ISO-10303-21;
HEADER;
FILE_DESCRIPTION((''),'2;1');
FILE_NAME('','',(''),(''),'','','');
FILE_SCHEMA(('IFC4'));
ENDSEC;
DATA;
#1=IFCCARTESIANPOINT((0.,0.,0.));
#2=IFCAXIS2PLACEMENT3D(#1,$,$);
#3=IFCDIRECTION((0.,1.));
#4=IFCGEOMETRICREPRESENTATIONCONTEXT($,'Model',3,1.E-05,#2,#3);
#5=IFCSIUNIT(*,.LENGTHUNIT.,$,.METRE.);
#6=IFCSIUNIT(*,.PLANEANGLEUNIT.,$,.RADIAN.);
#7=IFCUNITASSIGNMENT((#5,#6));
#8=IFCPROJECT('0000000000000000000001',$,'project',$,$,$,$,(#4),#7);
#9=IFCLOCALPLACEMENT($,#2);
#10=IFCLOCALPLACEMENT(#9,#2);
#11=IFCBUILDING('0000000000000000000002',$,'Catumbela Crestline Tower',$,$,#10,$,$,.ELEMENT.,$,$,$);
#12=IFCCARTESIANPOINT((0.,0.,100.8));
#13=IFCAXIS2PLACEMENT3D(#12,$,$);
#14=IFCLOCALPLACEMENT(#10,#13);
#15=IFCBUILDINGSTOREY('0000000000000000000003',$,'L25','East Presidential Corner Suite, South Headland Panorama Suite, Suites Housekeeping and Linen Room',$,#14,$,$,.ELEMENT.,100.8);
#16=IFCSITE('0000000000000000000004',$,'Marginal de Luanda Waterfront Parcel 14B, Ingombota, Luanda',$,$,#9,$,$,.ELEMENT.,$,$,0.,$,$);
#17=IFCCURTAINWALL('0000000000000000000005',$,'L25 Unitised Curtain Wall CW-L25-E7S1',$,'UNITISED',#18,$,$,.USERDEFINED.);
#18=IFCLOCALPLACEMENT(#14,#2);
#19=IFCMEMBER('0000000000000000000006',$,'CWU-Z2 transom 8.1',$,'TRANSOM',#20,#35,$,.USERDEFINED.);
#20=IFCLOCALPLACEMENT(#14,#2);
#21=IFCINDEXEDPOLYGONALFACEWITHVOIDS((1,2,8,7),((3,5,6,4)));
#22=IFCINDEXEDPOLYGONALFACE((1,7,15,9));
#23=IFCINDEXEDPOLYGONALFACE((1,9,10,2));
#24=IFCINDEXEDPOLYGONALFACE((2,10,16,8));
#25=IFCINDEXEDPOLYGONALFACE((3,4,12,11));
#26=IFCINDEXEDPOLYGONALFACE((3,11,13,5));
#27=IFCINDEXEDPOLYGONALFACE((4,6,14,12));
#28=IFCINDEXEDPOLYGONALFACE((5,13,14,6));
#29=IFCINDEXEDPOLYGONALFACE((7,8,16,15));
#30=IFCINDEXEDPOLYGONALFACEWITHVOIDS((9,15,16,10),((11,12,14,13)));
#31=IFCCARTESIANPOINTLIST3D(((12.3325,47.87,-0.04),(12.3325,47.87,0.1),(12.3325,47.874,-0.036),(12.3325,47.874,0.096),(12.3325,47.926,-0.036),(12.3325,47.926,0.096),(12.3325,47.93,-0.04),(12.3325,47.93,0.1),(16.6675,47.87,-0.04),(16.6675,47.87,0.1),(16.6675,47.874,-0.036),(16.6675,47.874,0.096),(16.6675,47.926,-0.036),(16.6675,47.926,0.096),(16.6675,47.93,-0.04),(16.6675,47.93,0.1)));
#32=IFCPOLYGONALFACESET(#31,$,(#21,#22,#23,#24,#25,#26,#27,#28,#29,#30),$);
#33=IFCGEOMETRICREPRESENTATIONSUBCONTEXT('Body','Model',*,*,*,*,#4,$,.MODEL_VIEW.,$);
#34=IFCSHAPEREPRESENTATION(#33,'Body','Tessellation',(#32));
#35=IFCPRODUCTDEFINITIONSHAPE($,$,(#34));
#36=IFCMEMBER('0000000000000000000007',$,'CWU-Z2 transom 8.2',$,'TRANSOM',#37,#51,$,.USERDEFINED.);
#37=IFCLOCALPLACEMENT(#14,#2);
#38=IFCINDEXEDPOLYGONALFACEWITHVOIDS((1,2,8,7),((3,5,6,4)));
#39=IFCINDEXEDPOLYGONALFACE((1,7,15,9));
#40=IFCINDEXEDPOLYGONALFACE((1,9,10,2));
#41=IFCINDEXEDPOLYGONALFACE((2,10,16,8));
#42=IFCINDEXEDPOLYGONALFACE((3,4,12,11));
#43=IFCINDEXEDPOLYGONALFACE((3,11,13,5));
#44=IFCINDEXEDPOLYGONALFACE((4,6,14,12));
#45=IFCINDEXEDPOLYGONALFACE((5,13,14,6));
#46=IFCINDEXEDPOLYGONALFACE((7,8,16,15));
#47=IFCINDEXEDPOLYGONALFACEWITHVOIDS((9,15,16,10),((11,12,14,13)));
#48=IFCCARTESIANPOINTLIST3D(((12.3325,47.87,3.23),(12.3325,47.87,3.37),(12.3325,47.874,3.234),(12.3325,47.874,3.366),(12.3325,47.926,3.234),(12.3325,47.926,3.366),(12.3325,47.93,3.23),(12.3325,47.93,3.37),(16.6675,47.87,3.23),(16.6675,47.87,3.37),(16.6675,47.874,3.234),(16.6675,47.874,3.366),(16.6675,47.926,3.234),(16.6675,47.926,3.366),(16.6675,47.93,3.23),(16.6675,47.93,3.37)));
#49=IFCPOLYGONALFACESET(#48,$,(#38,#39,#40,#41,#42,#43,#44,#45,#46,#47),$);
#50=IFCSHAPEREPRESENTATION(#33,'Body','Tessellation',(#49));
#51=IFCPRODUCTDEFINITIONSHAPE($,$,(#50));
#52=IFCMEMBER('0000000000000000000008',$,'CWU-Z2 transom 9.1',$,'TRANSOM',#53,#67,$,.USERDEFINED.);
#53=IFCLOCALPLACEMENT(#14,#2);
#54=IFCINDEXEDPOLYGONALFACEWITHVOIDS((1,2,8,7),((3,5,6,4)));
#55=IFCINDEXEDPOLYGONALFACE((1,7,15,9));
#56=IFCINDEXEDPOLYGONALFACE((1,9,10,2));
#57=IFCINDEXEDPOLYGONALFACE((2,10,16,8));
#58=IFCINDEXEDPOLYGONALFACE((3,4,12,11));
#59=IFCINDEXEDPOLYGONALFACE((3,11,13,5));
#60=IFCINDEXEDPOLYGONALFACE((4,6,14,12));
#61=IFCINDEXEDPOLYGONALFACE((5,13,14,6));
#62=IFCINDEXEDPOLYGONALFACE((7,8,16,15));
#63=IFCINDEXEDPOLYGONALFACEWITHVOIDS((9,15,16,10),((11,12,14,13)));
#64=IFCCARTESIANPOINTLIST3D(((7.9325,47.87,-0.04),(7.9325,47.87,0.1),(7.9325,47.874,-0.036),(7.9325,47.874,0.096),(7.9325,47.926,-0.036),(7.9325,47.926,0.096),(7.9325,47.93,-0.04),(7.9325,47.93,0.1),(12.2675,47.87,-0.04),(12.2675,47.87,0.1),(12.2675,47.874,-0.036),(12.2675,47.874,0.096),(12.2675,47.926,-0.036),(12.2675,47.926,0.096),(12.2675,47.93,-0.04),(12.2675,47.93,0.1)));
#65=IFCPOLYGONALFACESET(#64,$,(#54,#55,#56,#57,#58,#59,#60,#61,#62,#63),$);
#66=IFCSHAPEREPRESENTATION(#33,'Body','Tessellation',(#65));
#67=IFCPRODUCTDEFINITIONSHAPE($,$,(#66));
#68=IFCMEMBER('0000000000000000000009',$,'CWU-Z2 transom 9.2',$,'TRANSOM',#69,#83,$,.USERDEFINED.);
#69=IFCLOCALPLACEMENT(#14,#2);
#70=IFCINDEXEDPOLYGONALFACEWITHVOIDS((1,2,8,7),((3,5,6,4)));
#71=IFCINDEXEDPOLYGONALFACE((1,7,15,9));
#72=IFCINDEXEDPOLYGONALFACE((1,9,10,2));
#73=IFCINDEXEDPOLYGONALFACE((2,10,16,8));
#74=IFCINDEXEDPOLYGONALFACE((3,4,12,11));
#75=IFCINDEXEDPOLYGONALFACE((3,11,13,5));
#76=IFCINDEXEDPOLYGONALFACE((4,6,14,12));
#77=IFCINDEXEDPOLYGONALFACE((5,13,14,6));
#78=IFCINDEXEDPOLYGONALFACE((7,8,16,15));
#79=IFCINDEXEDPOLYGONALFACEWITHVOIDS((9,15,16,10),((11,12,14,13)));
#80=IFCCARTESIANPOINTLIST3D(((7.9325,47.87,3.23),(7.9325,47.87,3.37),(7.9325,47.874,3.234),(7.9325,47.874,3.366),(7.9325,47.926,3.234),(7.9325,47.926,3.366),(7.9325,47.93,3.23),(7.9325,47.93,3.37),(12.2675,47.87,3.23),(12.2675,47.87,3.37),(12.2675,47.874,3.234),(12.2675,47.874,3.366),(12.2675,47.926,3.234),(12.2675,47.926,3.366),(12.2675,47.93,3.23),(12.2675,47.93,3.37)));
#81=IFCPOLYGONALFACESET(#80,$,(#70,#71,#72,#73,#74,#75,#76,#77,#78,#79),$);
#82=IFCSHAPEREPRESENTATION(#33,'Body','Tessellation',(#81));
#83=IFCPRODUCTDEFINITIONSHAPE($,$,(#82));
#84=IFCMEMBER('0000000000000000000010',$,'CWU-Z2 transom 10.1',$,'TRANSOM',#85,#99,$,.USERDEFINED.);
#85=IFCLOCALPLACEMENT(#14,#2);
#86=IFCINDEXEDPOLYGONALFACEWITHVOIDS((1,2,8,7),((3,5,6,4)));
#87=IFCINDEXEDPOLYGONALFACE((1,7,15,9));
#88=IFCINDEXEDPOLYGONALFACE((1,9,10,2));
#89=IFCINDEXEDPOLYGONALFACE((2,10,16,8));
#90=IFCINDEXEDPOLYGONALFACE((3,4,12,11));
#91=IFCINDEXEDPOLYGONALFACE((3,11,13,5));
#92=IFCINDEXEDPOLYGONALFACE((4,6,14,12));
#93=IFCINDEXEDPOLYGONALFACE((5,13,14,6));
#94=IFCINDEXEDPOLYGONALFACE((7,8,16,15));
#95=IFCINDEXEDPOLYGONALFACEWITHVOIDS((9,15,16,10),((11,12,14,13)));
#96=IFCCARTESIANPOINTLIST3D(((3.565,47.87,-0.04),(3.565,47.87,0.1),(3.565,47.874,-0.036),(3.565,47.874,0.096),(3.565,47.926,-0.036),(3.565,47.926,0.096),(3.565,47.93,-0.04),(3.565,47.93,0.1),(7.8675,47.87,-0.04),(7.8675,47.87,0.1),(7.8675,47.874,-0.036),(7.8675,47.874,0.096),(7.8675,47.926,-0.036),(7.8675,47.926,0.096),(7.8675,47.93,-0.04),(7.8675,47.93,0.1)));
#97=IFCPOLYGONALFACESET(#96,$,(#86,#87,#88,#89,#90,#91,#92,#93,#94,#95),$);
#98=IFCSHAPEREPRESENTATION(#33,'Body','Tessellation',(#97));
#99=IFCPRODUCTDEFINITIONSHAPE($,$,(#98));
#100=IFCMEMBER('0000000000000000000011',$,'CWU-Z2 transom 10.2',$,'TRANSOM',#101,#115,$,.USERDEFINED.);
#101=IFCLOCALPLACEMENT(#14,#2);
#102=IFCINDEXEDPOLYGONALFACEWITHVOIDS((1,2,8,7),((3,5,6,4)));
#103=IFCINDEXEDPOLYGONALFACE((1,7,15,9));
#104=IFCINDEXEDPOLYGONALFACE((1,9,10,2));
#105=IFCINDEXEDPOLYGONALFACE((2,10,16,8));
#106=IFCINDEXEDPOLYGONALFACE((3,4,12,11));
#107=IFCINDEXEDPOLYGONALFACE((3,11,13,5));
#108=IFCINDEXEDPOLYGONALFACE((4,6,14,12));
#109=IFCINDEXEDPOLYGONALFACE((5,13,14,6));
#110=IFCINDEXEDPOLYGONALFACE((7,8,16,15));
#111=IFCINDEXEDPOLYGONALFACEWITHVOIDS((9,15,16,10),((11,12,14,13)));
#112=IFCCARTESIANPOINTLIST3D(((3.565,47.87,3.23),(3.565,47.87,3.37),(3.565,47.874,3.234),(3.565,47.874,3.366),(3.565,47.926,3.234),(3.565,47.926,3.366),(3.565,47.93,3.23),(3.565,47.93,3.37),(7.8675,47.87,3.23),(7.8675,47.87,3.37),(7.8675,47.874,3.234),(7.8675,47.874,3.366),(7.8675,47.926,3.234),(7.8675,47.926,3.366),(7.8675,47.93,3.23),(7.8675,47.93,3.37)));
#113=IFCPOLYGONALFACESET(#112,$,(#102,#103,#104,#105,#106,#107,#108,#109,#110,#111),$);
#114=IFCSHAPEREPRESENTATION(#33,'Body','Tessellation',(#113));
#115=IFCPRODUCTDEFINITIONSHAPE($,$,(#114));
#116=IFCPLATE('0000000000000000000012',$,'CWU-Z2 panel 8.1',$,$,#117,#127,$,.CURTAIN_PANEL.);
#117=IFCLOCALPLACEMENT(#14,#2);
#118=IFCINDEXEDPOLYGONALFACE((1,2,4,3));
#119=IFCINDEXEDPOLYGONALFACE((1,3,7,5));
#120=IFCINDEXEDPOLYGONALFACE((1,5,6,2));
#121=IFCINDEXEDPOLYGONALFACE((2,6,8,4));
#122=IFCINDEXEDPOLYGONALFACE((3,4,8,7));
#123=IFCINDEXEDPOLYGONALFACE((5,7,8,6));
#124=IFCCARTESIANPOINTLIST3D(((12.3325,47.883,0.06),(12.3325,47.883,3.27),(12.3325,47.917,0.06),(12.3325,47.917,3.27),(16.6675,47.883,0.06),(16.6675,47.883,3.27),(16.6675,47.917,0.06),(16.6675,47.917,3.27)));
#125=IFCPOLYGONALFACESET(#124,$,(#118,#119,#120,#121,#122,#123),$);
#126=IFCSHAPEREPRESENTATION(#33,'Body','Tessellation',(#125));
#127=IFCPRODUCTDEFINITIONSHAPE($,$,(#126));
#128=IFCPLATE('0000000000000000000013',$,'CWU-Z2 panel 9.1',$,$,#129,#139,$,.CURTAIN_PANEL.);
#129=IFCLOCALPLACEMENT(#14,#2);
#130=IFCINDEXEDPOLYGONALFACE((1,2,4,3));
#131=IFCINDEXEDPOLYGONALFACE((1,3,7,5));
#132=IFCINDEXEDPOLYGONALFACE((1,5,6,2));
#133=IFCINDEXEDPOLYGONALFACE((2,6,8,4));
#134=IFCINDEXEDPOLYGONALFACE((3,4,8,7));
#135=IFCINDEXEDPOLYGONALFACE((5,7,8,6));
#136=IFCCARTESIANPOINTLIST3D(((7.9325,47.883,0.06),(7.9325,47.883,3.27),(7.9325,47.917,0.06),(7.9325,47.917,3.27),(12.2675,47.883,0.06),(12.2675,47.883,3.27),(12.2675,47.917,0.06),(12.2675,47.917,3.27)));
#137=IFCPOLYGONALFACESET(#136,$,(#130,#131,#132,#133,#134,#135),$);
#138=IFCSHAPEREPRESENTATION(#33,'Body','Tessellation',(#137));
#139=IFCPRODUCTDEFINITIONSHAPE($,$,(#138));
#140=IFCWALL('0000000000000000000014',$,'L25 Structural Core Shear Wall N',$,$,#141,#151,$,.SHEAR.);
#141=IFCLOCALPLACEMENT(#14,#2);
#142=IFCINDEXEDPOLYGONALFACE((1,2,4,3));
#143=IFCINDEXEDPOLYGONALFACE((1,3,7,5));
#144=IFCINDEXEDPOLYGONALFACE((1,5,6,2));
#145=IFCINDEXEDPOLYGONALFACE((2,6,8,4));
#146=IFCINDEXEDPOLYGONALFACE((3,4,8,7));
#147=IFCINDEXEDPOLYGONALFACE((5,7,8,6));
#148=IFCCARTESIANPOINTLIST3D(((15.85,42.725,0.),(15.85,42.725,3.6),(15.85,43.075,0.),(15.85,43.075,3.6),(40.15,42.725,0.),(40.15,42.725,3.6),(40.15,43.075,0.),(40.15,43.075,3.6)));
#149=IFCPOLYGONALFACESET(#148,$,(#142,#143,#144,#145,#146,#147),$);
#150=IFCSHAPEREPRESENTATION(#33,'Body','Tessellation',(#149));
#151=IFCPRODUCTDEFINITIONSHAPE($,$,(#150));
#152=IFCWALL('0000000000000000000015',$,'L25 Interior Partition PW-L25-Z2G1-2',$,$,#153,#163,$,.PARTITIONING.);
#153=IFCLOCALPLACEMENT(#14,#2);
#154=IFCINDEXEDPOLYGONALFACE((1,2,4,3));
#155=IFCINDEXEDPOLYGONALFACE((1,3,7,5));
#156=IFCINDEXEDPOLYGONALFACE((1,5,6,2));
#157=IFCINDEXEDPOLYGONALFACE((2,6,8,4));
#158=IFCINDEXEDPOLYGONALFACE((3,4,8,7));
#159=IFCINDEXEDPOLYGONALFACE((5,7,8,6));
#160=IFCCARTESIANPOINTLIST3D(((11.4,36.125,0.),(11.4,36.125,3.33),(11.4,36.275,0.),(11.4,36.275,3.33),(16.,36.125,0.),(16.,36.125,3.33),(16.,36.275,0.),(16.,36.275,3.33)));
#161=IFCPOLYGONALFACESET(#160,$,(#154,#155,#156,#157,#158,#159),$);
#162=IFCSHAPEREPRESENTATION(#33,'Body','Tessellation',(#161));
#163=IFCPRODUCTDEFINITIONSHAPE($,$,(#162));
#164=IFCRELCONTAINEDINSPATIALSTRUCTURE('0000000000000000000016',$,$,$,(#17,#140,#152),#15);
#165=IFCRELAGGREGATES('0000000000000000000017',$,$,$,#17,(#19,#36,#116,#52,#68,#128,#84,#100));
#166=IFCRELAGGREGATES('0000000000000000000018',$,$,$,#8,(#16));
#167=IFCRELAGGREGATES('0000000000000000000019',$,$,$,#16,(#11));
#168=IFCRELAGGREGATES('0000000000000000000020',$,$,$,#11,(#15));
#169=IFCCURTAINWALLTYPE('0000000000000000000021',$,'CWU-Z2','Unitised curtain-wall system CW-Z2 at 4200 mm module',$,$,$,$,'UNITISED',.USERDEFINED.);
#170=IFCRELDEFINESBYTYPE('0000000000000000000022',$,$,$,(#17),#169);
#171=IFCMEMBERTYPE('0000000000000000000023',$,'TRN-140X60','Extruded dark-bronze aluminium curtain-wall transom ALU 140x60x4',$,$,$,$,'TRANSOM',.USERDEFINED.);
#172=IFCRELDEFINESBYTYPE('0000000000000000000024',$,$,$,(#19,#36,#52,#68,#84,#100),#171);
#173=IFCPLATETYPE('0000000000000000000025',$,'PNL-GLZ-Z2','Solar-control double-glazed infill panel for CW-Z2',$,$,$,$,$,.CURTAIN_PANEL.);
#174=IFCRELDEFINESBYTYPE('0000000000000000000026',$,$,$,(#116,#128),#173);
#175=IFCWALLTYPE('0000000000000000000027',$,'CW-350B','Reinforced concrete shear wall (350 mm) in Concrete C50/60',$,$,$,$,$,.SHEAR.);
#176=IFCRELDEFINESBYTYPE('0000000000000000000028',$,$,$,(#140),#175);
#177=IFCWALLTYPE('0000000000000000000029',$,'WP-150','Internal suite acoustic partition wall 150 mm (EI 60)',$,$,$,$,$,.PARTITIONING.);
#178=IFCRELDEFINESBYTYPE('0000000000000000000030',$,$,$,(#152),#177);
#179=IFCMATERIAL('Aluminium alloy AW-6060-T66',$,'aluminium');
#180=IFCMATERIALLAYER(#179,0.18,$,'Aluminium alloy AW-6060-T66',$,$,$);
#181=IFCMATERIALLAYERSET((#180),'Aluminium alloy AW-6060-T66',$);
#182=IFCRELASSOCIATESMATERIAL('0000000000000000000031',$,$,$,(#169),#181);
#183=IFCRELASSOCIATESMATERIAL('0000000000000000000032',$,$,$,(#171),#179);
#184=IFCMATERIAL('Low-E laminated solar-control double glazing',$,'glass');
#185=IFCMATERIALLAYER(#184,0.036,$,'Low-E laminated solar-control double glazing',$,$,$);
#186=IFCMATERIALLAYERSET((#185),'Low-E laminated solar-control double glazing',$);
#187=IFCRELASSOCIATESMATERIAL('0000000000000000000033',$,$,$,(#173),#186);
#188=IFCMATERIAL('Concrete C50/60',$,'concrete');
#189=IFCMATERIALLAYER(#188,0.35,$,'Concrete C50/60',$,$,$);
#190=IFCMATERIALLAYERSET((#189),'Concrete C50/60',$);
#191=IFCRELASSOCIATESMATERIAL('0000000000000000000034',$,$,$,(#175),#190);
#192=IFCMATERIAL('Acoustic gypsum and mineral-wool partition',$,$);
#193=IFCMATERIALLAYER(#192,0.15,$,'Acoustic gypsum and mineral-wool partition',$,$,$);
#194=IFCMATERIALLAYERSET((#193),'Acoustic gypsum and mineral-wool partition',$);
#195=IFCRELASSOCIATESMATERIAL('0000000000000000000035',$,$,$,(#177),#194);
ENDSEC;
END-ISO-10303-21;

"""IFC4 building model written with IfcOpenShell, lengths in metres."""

from ifc_helpers import new_model, si_unit, direction, frame, frame_2d, origin, origin_2d, place, context, subcontext, project, spatial, rectangle, hollow_rectangle, extrude, material, layer, layer_set, material_profile, profile_set, type_object, element, aggregate, save


model = new_model("IFC4")

# Units and contexts
model_context = context("Model", 3, precision=1e-05, world=origin(), true_north=direction((0.0, 1.0)))
body_context = subcontext(model_context, "Body", "Model", "MODEL_VIEW")
ifc_project = project(units=[si_unit("LENGTHUNIT", "METRE"), si_unit("PLANEANGLEUNIT", "RADIAN")], contexts=[model_context])

# Site, building, storey
site_placement = place(None, origin())
site = spatial("IfcSite", under=ifc_project, at=site_placement, Name="Marginal de Luanda Waterfront Parcel 14B, Ingombota, Luanda", CompositionType="ELEMENT", RefElevation=0.0)
building_placement = place(site_placement, origin())
building = spatial("IfcBuilding", under=site, at=building_placement, Name="Catumbela Crestline Tower", CompositionType="ELEMENT")
storey_placement = place(building_placement, frame((0.0, 0.0, 100.8)))
storey = spatial("IfcBuildingStorey", under=building, at=storey_placement, Name="L25", Description="East Presidential Corner Suite, South Headland Panorama Suite, Suites Housekeeping and Linen Room", CompositionType="ELEMENT", Elevation=100.8)

# Shared definitions
ifc_material_1 = material(Name="Concrete C50/60", Category="concrete")

# Curtain wall
ifc_material_2 = material(Name="Aluminium alloy AW-6060-T66", Category="aluminium")
ifc_layer_1 = layer(ifc_material_2, 0.18, Name="Aluminium alloy AW-6060-T66")
ifc_layer_set_1 = layer_set([ifc_layer_1], Name="Aluminium alloy AW-6060-T66")
curtain_wall_type = type_object("IfcCurtainWallType", Name="CWU-Z2", Description="Unitised curtain-wall system CW-Z2 at 4200 mm module", ElementType="UNITISED", PredefinedType="USERDEFINED", material=ifc_layer_set_1)
curtain_wall_placement = place(storey_placement, origin())
curtain_wall = element("IfcCurtainWall", 1, at=curtain_wall_placement, inside=storey, type_object=curtain_wall_type, Name="L25 Unitised Curtain Wall CW-L25-E7S1", ObjectType="UNITISED", PredefinedType="USERDEFINED")

# Members
ifc_material_profile_1 = material_profile(ifc_material_2, hollow_rectangle(XDim=0.06, YDim=0.14, WallThickness=0.004, at=origin_2d()), Name="ALU 140x60x4")
ifc_profile_set_1 = profile_set([ifc_material_profile_1], Name="Aluminium alloy AW-6060-T66")
member_type_1 = type_object("IfcMemberType", Name="TRN-140X60", Description="Extruded dark-bronze aluminium curtain-wall transom ALU 140x60x4", ElementType="TRANSOM", PredefinedType="USERDEFINED", material=ifc_profile_set_1)
member_1_placement = place(storey_placement, frame((16.6675, 47.9, 0.03), z_axis=(-1.0, 0.0, 0.0), x_axis=(0.0, -1.0, 0.0)))
member_1 = element("IfcMember", 2, at=member_1_placement, type_object=member_type_1, Name="CWU-Z2 transom 8.1", ObjectType="TRANSOM", PredefinedType="USERDEFINED", context=body_context, shape_type="SweptSolid", body=[
    extrude(hollow_rectangle(XDim=0.06, YDim=0.14, WallThickness=0.004, at=origin_2d()), origin(), (0.0, 0.0, 1.0), 4.335),
])
member_2_placement = place(storey_placement, frame((16.6675, 47.9, 3.3), z_axis=(-1.0, 0.0, 0.0), x_axis=(0.0, -1.0, 0.0)))
member_2 = element("IfcMember", 3, at=member_2_placement, type_object=member_type_1, Name="CWU-Z2 transom 8.2", ObjectType="TRANSOM", PredefinedType="USERDEFINED", context=body_context, shape_type="SweptSolid", body=[
    extrude(hollow_rectangle(XDim=0.06, YDim=0.14, WallThickness=0.004, at=origin_2d()), origin(), (0.0, 0.0, 1.0), 4.335),
])
member_3_placement = place(storey_placement, frame((12.2675, 47.9, 0.03), z_axis=(-1.0, 0.0, 0.0), x_axis=(0.0, -1.0, 0.0)))
member_3 = element("IfcMember", 4, at=member_3_placement, type_object=member_type_1, Name="CWU-Z2 transom 9.1", ObjectType="TRANSOM", PredefinedType="USERDEFINED", context=body_context, shape_type="SweptSolid", body=[
    extrude(hollow_rectangle(XDim=0.06, YDim=0.14, WallThickness=0.004, at=origin_2d()), origin(), (0.0, 0.0, 1.0), 4.335),
])
member_4_placement = place(storey_placement, frame((12.2675, 47.9, 3.3), z_axis=(-1.0, 0.0, 0.0), x_axis=(0.0, -1.0, 0.0)))
member_4 = element("IfcMember", 5, at=member_4_placement, type_object=member_type_1, Name="CWU-Z2 transom 9.2", ObjectType="TRANSOM", PredefinedType="USERDEFINED", context=body_context, shape_type="SweptSolid", body=[
    extrude(hollow_rectangle(XDim=0.06, YDim=0.14, WallThickness=0.004, at=origin_2d()), origin(), (0.0, 0.0, 1.0), 4.335),
])
member_5_placement = place(storey_placement, frame((7.8675, 47.9, 0.03), z_axis=(-1.0, 0.0, 0.0), x_axis=(0.0, -1.0, 0.0)))
member_5 = element("IfcMember", 6, at=member_5_placement, type_object=member_type_1, Name="CWU-Z2 transom 10.1", ObjectType="TRANSOM", PredefinedType="USERDEFINED", context=body_context, shape_type="SweptSolid", body=[
    extrude(hollow_rectangle(XDim=0.06, YDim=0.14, WallThickness=0.004, at=origin_2d()), origin(), (0.0, 0.0, 1.0), 4.3025),
])
member_6_placement = place(storey_placement, frame((7.8675, 47.9, 3.3), z_axis=(-1.0, 0.0, 0.0), x_axis=(0.0, -1.0, 0.0)))
member_6 = element("IfcMember", 7, at=member_6_placement, type_object=member_type_1, Name="CWU-Z2 transom 10.2", ObjectType="TRANSOM", PredefinedType="USERDEFINED", context=body_context, shape_type="SweptSolid", body=[
    extrude(hollow_rectangle(XDim=0.06, YDim=0.14, WallThickness=0.004, at=origin_2d()), origin(), (0.0, 0.0, 1.0), 4.3025),
])

# Plates
ifc_material_3 = material(Name="Low-E laminated solar-control double glazing", Category="glass")
ifc_layer_2 = layer(ifc_material_3, 0.036, Name="Low-E laminated solar-control double glazing")
ifc_layer_set_2 = layer_set([ifc_layer_2], Name="Low-E laminated solar-control double glazing")
plate_type = type_object("IfcPlateType", Name="PNL-GLZ-Z2", Description="Solar-control double-glazed infill panel for CW-Z2", PredefinedType="CURTAIN_PANEL", material=ifc_layer_set_2)
plate_1_placement = place(storey_placement, frame((14.5, 47.9, 0.06), z_axis=(0.0, 0.0, 1.0), x_axis=(-1.0, 0.0, 0.0)))
plate_1 = element("IfcPlate", 8, at=plate_1_placement, type_object=plate_type, Name="CWU-Z2 panel 8.1", PredefinedType="CURTAIN_PANEL", context=body_context, shape_type="SweptSolid", body=[
    extrude(rectangle(XDim=4.335, YDim=0.034, at=origin_2d()), origin(), (0.0, 0.0, 1.0), 3.21),
])
plate_2_placement = place(storey_placement, frame((10.1, 47.9, 0.06), z_axis=(0.0, 0.0, 1.0), x_axis=(-1.0, 0.0, 0.0)))
plate_2 = element("IfcPlate", 9, at=plate_2_placement, type_object=plate_type, Name="CWU-Z2 panel 9.1", PredefinedType="CURTAIN_PANEL", context=body_context, shape_type="SweptSolid", body=[
    extrude(rectangle(XDim=4.335, YDim=0.034, at=origin_2d()), origin(), (0.0, 0.0, 1.0), 3.21),
])
aggregate(curtain_wall, [member_1, member_2, plate_1, member_3, member_4, plate_2, member_5, member_6])

# Walls
ifc_layer_3 = layer(ifc_material_1, 0.35, Name="Concrete C50/60")
ifc_layer_set_3 = layer_set([ifc_layer_3], Name="Concrete C50/60")
wall_type_1 = type_object("IfcWallType", Name="CW-350B", Description="Reinforced concrete shear wall (350 mm) in Concrete C50/60", PredefinedType="SHEAR", material=ifc_layer_set_3)
wall_1_placement = place(storey_placement, frame((15.85, 42.9, 0.0), z_axis=(0.0, 0.0, 1.0), x_axis=(1.0, 0.0, 0.0)))
element("IfcWall", 10, at=wall_1_placement, inside=storey, type_object=wall_type_1, Name="L25 Structural Core Shear Wall N", PredefinedType="SHEAR", context=body_context, shape_type="SweptSolid", body=[
    extrude(rectangle(XDim=24.3, YDim=0.35, at=frame_2d((12.15, 0.0))), origin(), (0.0, 0.0, 1.0), 3.6),
])
ifc_material_4 = material(Name="Acoustic gypsum and mineral-wool partition")
ifc_layer_4 = layer(ifc_material_4, 0.15, Name="Acoustic gypsum and mineral-wool partition")
ifc_layer_set_4 = layer_set([ifc_layer_4], Name="Acoustic gypsum and mineral-wool partition")
wall_type_2 = type_object("IfcWallType", Name="WP-150", Description="Internal suite acoustic partition wall 150 mm (EI 60)", PredefinedType="PARTITIONING", material=ifc_layer_set_4)
wall_2_placement = place(storey_placement, frame((11.4, 36.2, 0.0), z_axis=(0.0, 0.0, 1.0), x_axis=(1.0, 0.0, 0.0)))
element("IfcWall", 11, at=wall_2_placement, inside=storey, type_object=wall_type_2, Name="L25 Interior Partition PW-L25-Z2G1-2", PredefinedType="PARTITIONING", context=body_context, shape_type="SweptSolid", body=[
    extrude(rectangle(XDim=4.6, YDim=0.15, at=frame_2d((2.3, 0.0))), origin(), (0.0, 0.0, 1.0), 3.33),
])

save(model, "model.ifc")
